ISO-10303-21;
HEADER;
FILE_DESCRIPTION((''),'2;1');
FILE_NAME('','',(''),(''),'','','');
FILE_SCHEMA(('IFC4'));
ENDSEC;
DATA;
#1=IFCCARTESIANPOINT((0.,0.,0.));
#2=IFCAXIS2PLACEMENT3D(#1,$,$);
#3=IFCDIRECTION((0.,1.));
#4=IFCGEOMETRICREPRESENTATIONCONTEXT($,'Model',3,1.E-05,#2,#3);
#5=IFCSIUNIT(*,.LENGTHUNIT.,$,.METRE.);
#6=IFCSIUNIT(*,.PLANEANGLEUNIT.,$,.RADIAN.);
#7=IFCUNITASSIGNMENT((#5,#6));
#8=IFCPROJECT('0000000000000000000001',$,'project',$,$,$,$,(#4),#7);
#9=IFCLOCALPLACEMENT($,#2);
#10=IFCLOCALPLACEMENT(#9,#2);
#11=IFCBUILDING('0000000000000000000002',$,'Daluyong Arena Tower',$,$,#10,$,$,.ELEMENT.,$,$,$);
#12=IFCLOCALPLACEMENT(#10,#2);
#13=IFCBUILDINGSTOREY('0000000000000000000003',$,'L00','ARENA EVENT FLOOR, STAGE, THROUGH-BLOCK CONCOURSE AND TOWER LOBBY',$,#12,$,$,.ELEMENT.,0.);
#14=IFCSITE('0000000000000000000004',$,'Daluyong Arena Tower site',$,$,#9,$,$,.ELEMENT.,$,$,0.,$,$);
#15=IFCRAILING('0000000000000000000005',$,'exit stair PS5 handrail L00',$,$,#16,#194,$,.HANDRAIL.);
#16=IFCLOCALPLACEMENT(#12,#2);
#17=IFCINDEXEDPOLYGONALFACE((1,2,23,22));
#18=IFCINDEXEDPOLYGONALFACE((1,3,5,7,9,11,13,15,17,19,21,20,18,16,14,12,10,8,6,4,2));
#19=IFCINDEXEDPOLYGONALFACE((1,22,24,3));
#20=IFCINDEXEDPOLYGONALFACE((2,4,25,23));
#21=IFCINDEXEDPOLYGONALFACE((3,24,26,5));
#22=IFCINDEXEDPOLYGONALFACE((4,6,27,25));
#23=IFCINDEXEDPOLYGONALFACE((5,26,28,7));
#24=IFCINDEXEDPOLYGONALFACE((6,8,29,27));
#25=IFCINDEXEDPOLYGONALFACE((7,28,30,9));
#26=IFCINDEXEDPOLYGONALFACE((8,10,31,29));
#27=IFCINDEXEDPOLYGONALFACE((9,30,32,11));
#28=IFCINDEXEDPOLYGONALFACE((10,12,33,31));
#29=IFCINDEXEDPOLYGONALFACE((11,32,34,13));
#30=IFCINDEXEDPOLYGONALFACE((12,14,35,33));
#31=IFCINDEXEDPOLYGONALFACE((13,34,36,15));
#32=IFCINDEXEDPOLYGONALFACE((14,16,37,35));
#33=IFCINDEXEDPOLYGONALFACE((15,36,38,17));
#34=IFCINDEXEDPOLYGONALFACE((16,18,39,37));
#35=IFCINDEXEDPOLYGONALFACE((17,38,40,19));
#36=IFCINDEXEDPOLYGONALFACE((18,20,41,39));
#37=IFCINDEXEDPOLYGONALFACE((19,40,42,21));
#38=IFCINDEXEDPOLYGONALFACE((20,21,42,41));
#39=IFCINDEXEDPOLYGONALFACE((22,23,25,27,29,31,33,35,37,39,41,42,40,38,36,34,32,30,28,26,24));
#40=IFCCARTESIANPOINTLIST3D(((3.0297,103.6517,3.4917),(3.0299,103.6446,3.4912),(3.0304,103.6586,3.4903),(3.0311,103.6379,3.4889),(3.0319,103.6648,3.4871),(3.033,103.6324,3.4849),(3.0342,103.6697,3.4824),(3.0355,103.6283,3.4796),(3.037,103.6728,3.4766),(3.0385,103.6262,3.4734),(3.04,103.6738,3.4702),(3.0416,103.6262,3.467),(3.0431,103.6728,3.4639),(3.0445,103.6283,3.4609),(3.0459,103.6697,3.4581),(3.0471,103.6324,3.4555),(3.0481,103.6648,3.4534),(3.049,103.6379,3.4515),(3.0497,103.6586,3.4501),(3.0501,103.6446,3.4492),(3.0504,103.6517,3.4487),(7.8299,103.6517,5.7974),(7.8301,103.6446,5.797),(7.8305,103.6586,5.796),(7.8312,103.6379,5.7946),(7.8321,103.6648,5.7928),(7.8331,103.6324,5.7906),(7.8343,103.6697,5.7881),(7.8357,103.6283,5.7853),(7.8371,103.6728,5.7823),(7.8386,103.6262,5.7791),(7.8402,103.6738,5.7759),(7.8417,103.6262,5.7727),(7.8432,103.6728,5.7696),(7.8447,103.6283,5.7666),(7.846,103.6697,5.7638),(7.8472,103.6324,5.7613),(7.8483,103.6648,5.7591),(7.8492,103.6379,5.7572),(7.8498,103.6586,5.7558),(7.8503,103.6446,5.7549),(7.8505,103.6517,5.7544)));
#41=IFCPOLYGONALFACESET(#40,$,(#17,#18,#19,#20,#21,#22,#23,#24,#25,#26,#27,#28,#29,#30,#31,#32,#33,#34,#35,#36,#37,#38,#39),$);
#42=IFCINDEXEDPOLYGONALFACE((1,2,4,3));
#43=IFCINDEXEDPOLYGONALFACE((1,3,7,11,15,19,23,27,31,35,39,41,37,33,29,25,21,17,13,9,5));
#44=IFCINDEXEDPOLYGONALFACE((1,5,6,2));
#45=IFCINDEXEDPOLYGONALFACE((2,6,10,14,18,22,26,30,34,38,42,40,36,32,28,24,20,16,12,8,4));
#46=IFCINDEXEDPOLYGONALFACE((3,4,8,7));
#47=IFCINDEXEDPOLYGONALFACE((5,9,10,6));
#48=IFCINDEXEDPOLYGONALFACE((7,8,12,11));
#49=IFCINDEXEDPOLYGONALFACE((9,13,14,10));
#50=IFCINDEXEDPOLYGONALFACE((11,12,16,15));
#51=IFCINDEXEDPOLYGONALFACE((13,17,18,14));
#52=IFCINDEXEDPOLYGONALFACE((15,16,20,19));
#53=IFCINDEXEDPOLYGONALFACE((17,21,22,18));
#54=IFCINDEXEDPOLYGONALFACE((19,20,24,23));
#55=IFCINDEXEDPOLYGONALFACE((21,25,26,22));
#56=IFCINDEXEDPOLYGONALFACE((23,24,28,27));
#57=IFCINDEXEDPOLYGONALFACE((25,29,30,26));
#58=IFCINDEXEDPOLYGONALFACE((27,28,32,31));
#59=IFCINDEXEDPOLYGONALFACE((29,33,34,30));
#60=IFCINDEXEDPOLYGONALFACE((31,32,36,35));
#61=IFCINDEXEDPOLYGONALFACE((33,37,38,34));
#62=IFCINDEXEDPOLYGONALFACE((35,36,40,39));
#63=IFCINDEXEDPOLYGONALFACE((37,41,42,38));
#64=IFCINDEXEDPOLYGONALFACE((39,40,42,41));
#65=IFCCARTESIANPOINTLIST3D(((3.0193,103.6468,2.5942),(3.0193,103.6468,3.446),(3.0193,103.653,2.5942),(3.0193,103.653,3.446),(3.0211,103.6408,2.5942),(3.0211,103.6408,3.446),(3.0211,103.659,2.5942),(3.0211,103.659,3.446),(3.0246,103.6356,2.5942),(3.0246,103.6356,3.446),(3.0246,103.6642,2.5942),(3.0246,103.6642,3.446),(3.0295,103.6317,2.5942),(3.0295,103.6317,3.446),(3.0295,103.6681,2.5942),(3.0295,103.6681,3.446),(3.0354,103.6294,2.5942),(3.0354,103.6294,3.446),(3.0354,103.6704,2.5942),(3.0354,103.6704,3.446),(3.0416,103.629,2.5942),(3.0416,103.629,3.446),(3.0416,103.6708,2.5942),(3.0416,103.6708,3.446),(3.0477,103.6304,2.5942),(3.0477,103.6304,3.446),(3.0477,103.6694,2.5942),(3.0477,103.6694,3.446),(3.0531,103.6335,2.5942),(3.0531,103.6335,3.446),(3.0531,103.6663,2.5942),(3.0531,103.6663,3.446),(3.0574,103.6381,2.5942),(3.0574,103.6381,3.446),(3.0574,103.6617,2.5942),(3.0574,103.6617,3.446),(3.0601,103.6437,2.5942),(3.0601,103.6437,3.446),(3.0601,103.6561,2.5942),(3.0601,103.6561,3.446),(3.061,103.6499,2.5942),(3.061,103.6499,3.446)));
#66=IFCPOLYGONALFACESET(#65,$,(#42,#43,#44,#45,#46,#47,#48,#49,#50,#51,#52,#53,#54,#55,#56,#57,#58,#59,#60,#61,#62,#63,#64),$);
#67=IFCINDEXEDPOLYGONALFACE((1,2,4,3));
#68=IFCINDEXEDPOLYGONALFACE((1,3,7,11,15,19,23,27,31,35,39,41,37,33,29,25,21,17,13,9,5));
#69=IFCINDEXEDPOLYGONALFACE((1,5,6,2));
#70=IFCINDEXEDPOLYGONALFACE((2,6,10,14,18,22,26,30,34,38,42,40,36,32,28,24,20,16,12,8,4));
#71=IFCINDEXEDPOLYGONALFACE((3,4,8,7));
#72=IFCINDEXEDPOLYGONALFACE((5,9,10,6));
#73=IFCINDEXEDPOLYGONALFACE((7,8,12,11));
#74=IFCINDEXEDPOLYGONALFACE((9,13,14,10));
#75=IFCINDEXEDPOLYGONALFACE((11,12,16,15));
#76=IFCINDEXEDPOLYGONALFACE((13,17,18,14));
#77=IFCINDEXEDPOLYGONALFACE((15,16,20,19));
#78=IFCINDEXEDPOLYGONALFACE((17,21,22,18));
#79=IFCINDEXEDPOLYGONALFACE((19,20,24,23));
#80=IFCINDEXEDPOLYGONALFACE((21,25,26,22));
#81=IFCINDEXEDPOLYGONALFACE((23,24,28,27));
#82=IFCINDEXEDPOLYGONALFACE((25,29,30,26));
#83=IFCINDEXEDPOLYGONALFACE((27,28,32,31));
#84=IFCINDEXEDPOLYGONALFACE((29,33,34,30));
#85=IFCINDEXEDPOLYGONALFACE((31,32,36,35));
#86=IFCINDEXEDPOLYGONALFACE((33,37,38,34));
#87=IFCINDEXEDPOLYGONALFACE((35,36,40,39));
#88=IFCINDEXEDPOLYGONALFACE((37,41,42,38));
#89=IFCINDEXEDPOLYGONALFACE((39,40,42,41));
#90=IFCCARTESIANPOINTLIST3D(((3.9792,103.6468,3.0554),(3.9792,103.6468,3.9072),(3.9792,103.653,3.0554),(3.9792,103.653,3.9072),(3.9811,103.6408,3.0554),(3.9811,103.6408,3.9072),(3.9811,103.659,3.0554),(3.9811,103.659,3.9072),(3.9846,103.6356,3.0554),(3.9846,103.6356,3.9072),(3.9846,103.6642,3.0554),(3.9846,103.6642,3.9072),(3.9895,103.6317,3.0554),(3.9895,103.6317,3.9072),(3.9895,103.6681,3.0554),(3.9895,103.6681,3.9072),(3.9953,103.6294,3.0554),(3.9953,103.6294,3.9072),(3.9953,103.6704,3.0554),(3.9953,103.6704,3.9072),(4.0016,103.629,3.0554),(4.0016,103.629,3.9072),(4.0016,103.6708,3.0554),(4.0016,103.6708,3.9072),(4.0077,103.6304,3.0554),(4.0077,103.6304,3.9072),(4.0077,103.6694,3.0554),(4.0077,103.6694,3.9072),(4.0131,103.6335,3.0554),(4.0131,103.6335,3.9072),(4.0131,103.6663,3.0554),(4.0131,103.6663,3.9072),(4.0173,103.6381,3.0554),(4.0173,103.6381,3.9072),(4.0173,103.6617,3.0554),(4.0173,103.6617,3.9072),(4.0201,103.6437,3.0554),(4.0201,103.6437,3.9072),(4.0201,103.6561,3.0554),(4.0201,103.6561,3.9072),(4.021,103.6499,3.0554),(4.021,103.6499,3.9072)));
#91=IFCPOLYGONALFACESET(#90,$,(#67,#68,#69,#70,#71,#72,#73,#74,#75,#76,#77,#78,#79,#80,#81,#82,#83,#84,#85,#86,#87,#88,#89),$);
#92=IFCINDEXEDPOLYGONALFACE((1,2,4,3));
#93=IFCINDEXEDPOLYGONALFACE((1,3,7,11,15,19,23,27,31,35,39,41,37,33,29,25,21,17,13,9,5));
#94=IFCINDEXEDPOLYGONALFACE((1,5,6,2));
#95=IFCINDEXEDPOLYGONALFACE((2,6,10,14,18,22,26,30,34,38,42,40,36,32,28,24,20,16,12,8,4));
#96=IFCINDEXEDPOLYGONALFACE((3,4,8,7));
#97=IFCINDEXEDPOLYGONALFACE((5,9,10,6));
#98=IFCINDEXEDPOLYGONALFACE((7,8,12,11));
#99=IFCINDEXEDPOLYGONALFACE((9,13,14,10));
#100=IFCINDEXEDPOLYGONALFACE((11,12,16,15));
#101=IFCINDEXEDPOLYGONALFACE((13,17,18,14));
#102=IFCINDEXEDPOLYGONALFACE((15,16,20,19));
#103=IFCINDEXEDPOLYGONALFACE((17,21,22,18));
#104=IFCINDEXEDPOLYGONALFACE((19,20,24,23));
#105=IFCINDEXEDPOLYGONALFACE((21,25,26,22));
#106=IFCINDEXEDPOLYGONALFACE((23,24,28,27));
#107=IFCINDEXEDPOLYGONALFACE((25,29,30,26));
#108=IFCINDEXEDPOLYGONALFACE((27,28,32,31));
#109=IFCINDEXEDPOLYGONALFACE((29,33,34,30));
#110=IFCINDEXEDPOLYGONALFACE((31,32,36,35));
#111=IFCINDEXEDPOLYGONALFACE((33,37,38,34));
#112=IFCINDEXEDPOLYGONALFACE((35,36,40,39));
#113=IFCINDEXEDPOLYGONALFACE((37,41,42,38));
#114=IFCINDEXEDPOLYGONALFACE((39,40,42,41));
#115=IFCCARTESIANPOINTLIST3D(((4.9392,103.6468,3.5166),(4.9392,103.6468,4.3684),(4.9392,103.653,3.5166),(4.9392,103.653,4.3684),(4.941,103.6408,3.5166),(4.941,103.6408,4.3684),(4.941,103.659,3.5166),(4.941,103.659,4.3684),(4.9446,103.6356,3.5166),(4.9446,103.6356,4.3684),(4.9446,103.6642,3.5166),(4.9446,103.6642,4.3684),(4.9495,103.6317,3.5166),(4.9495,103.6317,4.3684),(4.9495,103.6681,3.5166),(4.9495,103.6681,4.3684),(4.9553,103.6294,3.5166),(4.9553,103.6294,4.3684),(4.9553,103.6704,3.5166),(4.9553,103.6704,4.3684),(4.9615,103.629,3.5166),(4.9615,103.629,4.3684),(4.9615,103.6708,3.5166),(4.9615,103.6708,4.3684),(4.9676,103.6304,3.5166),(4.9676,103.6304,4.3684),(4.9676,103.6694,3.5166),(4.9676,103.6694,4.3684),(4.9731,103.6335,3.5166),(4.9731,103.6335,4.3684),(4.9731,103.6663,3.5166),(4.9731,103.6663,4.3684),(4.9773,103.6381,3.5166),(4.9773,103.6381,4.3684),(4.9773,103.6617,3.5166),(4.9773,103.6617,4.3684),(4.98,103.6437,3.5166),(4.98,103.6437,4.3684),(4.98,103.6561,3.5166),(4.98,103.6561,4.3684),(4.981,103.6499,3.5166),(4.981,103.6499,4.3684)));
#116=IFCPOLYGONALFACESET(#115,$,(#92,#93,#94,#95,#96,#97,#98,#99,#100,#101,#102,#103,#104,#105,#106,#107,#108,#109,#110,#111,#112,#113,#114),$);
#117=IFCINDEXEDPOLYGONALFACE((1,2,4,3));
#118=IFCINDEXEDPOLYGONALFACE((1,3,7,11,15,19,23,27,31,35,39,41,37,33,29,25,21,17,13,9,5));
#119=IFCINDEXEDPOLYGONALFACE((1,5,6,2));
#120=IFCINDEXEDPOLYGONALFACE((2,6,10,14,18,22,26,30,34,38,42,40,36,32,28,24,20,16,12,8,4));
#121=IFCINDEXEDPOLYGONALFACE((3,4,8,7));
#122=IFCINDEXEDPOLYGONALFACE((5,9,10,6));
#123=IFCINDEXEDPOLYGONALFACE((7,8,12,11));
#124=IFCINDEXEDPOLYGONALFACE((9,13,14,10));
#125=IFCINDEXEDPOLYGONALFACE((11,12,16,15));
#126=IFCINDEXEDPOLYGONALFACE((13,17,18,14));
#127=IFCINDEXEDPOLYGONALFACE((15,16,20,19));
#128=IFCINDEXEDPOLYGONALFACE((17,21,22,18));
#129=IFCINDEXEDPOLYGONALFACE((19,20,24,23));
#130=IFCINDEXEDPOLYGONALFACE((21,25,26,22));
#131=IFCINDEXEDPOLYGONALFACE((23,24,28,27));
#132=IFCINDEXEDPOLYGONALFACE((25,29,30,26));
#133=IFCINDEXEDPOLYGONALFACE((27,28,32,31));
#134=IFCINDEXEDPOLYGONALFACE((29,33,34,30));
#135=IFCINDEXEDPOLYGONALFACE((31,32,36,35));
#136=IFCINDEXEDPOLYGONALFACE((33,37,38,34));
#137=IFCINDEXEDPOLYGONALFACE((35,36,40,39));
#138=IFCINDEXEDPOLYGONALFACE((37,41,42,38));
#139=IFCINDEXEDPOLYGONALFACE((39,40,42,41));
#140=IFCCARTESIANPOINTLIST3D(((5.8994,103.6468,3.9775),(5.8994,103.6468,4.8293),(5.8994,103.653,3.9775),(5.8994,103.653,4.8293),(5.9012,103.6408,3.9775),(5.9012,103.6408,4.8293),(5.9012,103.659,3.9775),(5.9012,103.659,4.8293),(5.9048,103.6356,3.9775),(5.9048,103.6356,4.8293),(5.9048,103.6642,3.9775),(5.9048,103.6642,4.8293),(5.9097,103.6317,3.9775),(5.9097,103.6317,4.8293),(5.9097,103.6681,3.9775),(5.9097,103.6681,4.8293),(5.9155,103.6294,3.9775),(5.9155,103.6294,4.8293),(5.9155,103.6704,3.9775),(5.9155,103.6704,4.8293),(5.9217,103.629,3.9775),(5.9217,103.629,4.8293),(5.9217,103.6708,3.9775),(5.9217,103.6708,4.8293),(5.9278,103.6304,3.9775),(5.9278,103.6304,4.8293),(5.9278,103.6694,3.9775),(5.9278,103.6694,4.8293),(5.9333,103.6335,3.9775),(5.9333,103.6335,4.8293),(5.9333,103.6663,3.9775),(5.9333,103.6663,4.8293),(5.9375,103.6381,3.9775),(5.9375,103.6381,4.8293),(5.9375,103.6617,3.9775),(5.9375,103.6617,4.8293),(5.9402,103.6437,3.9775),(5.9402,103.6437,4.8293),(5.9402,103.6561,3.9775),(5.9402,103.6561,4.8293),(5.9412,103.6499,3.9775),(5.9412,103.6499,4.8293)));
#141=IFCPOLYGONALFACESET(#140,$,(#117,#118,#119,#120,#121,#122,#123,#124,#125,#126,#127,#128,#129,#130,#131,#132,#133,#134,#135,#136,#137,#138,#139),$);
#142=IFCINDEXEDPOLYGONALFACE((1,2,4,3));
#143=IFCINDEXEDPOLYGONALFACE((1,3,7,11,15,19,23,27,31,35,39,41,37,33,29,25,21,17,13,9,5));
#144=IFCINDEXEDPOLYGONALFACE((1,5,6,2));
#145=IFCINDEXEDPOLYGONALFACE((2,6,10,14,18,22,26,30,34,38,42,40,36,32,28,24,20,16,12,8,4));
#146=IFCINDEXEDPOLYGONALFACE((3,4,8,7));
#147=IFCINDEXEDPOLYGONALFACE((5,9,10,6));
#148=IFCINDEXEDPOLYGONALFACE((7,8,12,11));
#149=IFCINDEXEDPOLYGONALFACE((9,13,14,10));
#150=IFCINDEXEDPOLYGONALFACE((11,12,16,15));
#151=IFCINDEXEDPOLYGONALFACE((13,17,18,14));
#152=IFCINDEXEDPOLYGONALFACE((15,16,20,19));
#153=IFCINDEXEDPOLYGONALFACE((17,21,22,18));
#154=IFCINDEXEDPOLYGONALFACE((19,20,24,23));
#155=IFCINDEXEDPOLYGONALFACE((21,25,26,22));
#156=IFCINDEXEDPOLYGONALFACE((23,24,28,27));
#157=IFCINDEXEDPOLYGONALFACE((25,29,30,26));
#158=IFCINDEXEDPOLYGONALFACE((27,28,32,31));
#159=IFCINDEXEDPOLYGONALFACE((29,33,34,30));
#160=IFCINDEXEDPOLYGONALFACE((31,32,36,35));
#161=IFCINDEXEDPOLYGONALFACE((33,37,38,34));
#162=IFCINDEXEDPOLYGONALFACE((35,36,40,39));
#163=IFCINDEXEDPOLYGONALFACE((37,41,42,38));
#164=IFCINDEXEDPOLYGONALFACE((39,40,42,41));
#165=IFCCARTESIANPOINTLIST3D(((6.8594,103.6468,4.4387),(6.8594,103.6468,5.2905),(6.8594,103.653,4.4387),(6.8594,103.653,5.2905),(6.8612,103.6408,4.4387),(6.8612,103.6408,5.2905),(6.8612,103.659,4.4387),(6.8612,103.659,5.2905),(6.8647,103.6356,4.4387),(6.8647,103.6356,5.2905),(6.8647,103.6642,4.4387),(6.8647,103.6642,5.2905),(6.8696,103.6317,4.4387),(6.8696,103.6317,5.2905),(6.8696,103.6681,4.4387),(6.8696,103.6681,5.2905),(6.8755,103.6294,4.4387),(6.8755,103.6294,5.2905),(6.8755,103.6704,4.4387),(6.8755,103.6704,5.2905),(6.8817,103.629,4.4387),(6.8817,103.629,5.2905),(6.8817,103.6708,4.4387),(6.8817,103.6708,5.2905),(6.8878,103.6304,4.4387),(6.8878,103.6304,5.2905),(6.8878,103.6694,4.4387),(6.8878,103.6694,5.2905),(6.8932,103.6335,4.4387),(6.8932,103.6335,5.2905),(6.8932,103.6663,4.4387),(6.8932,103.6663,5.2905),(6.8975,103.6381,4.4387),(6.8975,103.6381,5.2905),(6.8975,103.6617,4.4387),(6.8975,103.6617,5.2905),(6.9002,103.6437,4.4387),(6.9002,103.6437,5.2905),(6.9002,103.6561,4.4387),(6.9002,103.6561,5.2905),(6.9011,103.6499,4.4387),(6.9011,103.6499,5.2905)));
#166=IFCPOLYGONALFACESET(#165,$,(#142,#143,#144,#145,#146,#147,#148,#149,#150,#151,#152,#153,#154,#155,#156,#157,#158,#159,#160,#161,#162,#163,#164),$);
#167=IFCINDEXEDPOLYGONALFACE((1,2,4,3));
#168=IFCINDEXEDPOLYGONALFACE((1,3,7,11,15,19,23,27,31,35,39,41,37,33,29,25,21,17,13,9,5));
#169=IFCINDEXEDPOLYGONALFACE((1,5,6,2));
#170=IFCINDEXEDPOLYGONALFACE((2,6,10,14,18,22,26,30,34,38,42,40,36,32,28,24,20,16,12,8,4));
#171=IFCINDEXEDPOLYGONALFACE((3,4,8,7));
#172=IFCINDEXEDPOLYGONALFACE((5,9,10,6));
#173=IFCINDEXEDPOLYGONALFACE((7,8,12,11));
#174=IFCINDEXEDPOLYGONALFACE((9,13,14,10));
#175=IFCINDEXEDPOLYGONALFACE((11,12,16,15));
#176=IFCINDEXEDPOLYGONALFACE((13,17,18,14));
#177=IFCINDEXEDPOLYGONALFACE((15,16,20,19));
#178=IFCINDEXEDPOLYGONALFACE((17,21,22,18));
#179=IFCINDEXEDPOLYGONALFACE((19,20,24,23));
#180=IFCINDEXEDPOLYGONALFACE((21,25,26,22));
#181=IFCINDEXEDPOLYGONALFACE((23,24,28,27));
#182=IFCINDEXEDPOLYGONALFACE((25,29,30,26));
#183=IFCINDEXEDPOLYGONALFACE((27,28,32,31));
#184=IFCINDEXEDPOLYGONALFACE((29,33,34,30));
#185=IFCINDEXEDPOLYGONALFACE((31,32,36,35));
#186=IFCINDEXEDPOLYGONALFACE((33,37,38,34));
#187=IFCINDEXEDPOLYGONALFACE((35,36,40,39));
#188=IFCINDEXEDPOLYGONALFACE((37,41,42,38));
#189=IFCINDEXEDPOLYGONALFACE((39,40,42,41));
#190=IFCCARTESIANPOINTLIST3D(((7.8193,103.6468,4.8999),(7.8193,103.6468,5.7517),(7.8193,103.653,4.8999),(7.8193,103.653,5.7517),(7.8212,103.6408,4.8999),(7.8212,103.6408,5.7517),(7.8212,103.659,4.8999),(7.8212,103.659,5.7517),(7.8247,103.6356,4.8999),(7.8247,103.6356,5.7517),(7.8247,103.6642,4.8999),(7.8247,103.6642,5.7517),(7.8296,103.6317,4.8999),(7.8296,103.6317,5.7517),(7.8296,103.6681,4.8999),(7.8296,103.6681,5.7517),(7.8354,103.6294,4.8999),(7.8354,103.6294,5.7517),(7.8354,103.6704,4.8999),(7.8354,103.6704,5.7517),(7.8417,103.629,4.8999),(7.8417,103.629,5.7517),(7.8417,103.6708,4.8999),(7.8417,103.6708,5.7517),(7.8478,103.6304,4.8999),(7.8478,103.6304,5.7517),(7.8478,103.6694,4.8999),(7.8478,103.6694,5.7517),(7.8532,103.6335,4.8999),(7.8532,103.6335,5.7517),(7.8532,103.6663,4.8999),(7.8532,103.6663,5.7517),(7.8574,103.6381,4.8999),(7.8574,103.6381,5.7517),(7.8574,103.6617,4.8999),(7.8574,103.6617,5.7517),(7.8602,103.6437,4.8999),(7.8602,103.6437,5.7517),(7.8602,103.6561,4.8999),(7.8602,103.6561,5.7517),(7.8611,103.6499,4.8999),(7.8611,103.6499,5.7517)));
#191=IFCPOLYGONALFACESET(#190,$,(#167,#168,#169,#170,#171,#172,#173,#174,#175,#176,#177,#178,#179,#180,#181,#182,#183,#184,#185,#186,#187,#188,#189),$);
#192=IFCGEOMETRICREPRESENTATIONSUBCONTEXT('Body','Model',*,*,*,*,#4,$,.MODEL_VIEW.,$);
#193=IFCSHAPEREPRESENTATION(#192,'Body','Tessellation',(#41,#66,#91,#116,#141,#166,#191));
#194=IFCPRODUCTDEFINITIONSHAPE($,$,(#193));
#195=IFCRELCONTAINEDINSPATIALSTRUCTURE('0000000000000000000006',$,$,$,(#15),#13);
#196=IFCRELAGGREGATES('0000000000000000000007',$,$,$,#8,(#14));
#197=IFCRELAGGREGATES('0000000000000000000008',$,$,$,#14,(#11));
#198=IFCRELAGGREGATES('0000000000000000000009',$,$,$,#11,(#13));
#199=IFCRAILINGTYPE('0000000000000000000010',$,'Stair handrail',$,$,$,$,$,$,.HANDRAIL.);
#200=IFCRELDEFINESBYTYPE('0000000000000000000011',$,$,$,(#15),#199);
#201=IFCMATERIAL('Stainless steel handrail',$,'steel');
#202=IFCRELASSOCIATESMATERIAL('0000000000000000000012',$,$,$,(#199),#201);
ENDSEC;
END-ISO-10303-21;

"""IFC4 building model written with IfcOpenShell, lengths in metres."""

from ifc_helpers import new_model, si_unit, direction, frame, origin, origin_2d, place, context, subcontext, project, spatial, circle, extrude, material, type_object, element, save


model = new_model("IFC4")

# Units and contexts
model_context = context("Model", 3, precision=1e-05, world=origin(), true_north=direction((0.0, 1.0)))
body_context = subcontext(model_context, "Body", "Model", "MODEL_VIEW")
ifc_project = project(units=[si_unit("LENGTHUNIT", "METRE"), si_unit("PLANEANGLEUNIT", "RADIAN")], contexts=[model_context])

# Site, building, storey
site_placement = place(None, origin())
site = spatial("IfcSite", under=ifc_project, at=site_placement, Name="Daluyong Arena Tower site", CompositionType="ELEMENT", RefElevation=0.0)
building_placement = place(site_placement, origin())
building = spatial("IfcBuilding", under=site, at=building_placement, Name="Daluyong Arena Tower", CompositionType="ELEMENT")
storey_placement = place(building_placement, origin())
storey = spatial("IfcBuildingStorey", under=building, at=storey_placement, Name="L00", Description="ARENA EVENT FLOOR, STAGE, THROUGH-BLOCK CONCOURSE AND TOWER LOBBY", CompositionType="ELEMENT", Elevation=0.0)

# Railing
ifc_material_1 = material(Name="Stainless steel handrail", Category="steel")
railing_type_1 = type_object("IfcRailingType", Name="Stair handrail", PredefinedType="HANDRAIL", material=ifc_material_1)
railing_1_placement = place(storey_placement, frame((3.04, 103.6499, 2.5942)))
element("IfcRailing", 1, at=railing_1_placement, inside=storey, type_object=railing_type_1, Name="exit stair PS5 handrail L00", PredefinedType="HANDRAIL", context=body_context, shape_type="SweptSolid", body=[
    extrude(circle(Radius=0.0239, at=origin_2d()), frame((0.0, 0.0, 0.876), z_axis=(0.901403, 0.0, 0.432981), x_axis=(0.0, 1.0, 0.0)), (0.0, 0.0, 1.0), 5.3252),
    extrude(circle(Radius=0.021, at=origin_2d()), origin(), (0.0, 0.0, 1.0), 0.8518),
    extrude(circle(Radius=0.021, at=origin_2d()), frame((0.96, 0.0, 0.4612)), (0.0, 0.0, 1.0), 0.8518),
    extrude(circle(Radius=0.021, at=origin_2d()), frame((1.9199, 0.0, 0.9224)), (0.0, 0.0, 1.0), 0.8518),
    extrude(circle(Radius=0.021, at=origin_2d()), frame((2.8801, 0.0, 1.3833)), (0.0, 0.0, 1.0), 0.8518),
    extrude(circle(Radius=0.021, at=origin_2d()), frame((3.8401, 0.0, 1.8445)), (0.0, 0.0, 1.0), 0.8518),
    extrude(circle(Radius=0.021, at=origin_2d()), frame((4.8, 0.0, 2.3057)), (0.0, 0.0, 1.0), 0.8518),
])

save(model, "model.ifc")
